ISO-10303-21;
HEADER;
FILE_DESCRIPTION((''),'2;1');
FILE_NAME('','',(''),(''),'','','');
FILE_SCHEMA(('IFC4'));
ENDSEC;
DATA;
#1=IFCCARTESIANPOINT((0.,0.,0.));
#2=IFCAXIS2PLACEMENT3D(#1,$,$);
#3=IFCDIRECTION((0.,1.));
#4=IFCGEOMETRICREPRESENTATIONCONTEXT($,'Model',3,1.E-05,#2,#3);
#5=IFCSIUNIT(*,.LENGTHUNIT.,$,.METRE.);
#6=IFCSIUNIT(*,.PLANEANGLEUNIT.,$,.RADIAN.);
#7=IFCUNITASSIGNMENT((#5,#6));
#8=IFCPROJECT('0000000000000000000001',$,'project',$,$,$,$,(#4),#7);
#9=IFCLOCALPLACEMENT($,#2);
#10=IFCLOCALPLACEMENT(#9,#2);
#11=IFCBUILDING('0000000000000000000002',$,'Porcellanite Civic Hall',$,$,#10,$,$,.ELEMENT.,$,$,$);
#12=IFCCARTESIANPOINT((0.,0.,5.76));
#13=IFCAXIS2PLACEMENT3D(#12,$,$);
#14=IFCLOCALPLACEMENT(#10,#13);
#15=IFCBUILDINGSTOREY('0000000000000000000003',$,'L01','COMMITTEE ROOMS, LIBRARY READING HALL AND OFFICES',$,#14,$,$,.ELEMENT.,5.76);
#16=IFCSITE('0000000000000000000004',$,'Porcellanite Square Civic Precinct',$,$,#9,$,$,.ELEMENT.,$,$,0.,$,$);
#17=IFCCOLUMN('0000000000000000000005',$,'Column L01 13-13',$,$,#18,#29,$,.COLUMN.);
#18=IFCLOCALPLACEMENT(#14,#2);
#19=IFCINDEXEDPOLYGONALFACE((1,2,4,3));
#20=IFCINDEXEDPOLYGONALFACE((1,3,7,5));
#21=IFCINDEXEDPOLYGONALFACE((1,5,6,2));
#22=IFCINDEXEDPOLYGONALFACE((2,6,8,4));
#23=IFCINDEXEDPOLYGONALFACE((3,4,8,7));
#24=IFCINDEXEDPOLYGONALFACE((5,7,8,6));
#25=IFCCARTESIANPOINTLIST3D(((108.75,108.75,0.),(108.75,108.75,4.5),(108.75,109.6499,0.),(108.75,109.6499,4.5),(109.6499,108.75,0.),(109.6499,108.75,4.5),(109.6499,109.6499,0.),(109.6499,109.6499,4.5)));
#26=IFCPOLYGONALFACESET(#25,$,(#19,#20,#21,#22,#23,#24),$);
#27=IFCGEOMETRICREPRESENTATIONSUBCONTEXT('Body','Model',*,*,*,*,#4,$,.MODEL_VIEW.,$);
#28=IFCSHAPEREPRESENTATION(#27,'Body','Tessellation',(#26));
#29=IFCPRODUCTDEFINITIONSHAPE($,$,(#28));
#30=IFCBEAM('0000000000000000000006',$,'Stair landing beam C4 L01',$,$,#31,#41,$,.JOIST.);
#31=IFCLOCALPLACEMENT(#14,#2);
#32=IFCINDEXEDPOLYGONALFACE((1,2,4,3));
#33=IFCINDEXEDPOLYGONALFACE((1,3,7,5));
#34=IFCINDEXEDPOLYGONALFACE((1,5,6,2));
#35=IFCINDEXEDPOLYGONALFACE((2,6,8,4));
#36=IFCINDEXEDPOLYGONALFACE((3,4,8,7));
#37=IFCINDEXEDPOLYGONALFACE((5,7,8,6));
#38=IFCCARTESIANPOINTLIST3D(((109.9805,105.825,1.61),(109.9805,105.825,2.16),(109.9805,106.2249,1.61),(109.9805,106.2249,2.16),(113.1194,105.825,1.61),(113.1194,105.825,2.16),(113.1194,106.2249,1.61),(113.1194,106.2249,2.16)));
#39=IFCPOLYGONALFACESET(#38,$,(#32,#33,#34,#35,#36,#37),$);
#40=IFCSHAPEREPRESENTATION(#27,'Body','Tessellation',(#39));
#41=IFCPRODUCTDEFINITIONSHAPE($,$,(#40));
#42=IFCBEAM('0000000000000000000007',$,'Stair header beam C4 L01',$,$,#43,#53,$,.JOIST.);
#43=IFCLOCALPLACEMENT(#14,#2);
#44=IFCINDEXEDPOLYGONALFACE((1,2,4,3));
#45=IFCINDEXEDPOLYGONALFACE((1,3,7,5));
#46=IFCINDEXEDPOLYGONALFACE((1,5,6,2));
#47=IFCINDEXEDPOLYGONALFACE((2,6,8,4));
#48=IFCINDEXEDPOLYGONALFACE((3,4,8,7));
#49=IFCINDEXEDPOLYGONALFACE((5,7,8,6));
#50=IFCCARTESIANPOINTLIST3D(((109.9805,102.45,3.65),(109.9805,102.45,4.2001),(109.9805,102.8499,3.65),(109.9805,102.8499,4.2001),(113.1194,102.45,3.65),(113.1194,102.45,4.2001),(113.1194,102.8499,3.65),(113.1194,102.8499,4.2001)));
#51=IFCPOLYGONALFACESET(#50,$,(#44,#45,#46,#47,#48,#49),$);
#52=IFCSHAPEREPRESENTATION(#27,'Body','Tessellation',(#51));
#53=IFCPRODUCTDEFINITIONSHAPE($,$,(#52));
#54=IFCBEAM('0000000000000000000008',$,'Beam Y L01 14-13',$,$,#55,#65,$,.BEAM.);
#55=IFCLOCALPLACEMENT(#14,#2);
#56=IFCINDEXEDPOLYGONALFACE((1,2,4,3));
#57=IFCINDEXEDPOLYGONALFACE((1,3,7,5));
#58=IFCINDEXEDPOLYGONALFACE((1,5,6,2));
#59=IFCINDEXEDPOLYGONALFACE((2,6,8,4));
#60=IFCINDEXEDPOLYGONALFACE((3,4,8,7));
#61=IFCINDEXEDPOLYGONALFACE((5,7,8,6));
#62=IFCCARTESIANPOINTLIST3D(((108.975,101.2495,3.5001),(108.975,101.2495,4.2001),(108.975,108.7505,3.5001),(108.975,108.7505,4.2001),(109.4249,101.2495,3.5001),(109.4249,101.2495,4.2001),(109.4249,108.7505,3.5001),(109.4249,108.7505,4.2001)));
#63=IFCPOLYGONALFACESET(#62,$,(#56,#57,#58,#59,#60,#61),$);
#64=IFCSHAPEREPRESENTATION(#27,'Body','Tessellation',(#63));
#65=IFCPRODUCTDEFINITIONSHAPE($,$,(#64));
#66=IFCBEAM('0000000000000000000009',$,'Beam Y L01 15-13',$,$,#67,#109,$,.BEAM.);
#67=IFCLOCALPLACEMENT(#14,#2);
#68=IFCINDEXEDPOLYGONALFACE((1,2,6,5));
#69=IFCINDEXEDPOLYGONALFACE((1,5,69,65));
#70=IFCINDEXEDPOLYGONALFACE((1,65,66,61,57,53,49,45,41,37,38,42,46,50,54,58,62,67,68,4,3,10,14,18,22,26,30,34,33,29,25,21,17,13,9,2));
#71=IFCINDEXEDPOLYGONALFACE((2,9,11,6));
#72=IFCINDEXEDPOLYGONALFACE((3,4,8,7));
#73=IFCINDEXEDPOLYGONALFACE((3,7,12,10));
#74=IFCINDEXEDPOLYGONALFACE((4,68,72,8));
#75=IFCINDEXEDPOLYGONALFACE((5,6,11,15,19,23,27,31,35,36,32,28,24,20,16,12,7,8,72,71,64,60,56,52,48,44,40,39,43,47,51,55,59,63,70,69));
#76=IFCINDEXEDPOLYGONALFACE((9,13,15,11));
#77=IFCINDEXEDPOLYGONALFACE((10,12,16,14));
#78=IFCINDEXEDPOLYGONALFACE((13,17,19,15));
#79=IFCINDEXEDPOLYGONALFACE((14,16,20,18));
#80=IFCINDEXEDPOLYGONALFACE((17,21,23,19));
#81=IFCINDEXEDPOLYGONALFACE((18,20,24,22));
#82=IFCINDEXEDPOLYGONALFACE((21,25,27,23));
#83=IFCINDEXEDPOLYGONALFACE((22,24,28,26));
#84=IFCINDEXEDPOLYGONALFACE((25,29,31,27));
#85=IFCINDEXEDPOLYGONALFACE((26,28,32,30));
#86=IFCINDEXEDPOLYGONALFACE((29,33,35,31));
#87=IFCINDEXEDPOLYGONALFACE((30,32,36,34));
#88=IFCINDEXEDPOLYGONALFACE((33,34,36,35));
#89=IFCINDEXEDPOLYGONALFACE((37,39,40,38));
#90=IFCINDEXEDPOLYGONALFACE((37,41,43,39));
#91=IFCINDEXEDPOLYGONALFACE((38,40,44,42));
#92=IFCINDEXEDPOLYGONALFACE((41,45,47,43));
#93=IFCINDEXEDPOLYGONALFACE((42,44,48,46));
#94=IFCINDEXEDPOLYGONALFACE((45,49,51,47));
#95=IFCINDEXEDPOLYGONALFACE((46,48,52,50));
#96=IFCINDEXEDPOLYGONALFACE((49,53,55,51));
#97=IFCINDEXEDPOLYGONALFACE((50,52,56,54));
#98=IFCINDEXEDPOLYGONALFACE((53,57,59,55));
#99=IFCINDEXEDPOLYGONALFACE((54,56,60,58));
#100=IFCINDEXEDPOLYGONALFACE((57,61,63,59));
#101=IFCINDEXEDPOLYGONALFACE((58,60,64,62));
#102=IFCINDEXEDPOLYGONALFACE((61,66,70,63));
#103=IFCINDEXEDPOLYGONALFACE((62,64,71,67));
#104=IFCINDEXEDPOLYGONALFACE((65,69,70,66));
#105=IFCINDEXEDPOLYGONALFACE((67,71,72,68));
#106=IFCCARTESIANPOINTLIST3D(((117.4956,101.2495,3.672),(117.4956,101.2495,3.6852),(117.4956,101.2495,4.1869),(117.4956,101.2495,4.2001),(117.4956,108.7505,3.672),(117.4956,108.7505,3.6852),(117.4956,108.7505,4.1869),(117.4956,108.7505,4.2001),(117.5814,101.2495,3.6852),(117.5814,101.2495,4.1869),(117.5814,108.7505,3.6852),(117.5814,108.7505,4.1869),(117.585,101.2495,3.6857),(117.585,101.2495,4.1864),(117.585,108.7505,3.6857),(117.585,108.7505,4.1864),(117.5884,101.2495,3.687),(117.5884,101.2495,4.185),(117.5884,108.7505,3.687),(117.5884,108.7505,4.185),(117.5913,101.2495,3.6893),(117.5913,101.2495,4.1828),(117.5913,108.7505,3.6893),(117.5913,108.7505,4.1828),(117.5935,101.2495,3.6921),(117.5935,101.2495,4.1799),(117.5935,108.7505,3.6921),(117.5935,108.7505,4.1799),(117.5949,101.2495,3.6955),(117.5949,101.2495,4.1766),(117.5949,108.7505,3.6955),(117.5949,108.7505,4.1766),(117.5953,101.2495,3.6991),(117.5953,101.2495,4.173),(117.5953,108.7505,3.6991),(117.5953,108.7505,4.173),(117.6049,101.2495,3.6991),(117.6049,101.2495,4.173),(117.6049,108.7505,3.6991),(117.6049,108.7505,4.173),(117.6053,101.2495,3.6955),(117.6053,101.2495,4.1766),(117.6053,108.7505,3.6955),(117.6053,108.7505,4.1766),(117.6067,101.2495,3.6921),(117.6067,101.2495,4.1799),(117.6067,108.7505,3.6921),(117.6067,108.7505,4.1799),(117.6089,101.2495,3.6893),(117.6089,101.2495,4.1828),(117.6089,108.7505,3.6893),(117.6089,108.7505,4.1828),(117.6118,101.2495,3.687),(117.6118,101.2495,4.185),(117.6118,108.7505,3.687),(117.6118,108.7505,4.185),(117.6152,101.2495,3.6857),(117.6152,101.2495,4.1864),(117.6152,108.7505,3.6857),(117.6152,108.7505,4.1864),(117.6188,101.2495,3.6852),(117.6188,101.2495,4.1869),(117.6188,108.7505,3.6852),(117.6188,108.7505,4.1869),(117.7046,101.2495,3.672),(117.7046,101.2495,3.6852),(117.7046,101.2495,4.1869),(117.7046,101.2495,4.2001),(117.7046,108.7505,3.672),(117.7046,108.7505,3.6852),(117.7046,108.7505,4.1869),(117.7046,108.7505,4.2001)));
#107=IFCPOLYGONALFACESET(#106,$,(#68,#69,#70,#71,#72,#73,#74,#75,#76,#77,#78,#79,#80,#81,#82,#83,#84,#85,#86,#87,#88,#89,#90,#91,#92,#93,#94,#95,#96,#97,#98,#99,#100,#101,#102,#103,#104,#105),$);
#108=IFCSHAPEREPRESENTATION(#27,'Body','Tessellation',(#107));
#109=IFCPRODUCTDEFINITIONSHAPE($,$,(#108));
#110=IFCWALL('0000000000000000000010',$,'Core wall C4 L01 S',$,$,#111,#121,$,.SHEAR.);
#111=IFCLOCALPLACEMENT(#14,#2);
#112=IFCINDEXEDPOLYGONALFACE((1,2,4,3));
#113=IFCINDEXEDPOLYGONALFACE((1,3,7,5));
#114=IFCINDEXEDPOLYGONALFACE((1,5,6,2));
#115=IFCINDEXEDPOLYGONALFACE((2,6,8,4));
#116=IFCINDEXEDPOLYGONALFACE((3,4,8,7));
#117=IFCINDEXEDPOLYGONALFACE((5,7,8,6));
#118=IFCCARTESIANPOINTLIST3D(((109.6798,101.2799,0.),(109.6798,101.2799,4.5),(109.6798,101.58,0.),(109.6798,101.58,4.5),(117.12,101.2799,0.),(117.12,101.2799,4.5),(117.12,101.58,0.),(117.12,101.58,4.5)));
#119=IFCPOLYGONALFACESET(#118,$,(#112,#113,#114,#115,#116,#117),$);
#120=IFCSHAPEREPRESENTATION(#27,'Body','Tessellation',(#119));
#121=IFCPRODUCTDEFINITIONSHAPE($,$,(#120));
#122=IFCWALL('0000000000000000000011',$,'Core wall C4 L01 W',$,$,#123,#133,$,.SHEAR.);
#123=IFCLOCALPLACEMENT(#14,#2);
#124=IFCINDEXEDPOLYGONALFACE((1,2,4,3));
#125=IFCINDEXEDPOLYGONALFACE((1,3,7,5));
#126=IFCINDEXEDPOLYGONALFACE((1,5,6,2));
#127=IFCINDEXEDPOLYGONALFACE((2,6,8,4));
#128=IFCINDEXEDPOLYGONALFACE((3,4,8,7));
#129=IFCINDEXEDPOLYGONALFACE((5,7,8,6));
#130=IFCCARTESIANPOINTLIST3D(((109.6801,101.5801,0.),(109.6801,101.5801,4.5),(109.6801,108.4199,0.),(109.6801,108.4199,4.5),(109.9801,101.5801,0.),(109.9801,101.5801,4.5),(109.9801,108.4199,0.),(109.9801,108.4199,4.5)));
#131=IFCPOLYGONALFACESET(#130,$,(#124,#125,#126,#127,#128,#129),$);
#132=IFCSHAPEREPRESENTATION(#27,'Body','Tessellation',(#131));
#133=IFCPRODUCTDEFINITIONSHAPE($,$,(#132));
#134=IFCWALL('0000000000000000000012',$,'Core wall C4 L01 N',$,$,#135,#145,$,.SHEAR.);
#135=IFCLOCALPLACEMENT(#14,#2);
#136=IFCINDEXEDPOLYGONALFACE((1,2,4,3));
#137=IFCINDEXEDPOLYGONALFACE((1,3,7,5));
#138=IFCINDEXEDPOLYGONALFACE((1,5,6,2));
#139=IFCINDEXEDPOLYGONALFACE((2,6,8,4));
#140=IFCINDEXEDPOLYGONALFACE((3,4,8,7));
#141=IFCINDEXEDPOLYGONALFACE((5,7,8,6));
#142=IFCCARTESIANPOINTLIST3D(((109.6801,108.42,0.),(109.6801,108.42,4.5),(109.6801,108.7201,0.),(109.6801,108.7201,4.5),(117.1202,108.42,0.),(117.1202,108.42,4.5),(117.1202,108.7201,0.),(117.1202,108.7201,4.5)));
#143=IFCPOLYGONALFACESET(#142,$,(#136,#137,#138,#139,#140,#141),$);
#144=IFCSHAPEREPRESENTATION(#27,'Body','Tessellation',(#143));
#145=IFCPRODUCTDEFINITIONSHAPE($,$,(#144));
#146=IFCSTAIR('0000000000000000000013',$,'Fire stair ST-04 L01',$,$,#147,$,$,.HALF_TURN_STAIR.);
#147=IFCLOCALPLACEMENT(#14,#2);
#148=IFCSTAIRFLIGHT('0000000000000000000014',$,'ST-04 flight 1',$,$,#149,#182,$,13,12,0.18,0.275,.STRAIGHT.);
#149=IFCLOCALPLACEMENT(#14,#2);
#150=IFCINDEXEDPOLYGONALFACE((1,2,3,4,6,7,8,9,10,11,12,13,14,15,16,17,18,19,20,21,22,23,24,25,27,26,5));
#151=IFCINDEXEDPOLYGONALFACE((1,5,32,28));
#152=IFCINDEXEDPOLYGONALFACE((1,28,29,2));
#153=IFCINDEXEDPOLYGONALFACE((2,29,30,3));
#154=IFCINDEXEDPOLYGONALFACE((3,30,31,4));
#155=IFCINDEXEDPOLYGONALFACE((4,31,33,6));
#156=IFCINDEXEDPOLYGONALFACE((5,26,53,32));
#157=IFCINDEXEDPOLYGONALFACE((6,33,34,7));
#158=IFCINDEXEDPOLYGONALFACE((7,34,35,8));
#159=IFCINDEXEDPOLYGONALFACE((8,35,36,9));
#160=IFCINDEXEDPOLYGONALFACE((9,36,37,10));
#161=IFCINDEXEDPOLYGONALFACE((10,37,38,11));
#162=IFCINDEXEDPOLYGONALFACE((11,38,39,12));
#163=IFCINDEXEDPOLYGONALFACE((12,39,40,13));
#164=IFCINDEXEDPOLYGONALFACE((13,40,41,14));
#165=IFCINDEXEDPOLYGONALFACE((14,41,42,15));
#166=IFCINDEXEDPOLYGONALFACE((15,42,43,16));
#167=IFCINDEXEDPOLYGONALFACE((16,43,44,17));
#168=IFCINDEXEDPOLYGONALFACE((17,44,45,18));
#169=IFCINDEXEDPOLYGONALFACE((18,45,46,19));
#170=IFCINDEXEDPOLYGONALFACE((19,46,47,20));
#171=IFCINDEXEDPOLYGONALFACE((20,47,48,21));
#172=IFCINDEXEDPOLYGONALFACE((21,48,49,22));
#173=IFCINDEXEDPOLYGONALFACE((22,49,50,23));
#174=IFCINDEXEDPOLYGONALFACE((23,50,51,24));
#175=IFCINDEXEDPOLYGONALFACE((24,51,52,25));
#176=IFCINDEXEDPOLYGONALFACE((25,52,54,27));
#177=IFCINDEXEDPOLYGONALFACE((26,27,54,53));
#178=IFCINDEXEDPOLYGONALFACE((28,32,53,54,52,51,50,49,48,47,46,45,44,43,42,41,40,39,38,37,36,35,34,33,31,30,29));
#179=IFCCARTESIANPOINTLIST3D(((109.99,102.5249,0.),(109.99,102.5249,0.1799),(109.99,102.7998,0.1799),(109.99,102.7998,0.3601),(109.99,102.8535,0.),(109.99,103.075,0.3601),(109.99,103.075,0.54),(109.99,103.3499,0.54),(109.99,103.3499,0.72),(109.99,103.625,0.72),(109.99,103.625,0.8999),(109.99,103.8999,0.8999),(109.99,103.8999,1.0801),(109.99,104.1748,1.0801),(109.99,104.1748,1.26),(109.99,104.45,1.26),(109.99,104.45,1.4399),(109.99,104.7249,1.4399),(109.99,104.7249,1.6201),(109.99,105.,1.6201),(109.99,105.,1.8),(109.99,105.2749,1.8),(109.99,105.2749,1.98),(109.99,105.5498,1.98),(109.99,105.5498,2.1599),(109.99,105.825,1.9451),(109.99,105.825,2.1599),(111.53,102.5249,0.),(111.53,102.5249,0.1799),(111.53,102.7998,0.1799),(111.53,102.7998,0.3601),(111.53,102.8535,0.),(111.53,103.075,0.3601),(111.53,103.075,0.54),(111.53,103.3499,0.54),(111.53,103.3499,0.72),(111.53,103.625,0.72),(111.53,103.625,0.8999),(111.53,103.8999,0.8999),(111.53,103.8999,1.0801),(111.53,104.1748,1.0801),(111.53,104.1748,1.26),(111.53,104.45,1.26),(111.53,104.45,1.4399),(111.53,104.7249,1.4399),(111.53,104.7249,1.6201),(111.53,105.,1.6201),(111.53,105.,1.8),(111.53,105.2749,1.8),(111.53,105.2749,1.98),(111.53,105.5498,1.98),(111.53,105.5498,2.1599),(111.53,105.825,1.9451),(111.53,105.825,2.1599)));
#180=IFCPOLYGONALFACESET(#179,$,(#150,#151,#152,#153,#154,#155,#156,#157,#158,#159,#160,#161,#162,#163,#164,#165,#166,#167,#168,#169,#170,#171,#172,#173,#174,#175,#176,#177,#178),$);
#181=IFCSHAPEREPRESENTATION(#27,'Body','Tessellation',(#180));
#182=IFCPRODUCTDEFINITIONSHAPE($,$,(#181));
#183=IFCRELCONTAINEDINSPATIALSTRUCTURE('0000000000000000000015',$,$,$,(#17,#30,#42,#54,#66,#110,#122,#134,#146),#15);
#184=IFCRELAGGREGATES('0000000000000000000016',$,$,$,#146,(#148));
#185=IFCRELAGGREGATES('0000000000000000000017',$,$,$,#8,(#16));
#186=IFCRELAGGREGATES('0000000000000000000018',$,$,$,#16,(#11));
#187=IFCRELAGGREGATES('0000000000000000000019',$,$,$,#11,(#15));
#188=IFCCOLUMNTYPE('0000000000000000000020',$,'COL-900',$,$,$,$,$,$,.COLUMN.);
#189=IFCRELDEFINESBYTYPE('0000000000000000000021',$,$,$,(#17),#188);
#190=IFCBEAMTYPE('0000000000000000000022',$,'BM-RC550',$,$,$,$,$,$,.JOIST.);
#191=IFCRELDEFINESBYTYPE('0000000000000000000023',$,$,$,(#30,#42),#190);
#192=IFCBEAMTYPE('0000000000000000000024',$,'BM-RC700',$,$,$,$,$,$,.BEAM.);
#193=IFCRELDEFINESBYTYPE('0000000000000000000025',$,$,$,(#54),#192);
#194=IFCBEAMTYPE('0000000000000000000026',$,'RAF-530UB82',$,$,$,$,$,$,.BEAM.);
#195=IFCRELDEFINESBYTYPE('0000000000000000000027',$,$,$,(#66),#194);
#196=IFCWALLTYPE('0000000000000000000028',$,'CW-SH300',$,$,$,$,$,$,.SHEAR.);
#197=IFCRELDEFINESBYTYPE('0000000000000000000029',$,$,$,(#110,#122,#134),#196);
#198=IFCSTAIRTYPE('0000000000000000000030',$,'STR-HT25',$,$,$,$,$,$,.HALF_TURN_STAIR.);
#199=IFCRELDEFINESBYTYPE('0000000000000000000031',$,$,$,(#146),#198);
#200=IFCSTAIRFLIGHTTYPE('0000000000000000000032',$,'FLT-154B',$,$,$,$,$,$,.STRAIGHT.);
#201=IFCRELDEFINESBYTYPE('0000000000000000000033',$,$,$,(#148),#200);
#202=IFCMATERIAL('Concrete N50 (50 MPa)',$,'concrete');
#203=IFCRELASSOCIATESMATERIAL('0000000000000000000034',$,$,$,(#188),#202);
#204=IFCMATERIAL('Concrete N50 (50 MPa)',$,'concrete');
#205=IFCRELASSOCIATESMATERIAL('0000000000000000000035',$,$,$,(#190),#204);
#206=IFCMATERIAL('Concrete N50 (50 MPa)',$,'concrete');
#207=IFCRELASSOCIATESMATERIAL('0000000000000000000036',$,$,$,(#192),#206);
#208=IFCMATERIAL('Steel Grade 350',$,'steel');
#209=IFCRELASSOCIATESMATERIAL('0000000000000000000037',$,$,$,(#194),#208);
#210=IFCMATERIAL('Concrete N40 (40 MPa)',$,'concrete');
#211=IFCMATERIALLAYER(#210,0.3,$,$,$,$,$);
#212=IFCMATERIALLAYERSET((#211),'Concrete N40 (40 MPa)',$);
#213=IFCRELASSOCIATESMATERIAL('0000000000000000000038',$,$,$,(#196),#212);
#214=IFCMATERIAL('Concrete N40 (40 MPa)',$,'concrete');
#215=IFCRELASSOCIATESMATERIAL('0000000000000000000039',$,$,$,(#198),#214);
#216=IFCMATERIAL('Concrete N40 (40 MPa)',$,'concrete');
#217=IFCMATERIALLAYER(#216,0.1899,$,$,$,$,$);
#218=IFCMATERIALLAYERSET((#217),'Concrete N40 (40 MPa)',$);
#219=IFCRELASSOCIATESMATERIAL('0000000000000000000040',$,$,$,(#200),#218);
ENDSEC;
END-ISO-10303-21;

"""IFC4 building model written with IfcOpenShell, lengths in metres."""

from ifc_helpers import new_model, si_unit, direction, frame, frame_2d, origin, origin_2d, place, context, subcontext, project, spatial, polyline, rectangle, i_section, outline, extrude, material, layer, layer_set, material_profile, profile_set, type_object, element, aggregate, save


model = new_model("IFC4")

# Units and contexts
model_context = context("Model", 3, precision=1e-05, world=origin(), true_north=direction((0.0, 1.0)))
body_context = subcontext(model_context, "Body", "Model", "MODEL_VIEW")
ifc_project = project(units=[si_unit("LENGTHUNIT", "METRE"), si_unit("PLANEANGLEUNIT", "RADIAN")], contexts=[model_context])

# Site, building, storey
site_placement = place(None, origin())
site = spatial("IfcSite", under=ifc_project, at=site_placement, Name="Porcellanite Square Civic Precinct", CompositionType="ELEMENT", RefElevation=0.0)
building_placement = place(site_placement, origin())
building = spatial("IfcBuilding", under=site, at=building_placement, Name="Porcellanite Civic Hall", CompositionType="ELEMENT")
storey_placement = place(building_placement, frame((0.0, 0.0, 5.76)))
storey = spatial("IfcBuildingStorey", under=building, at=storey_placement, Name="L01", Description="COMMITTEE ROOMS, LIBRARY READING HALL AND OFFICES", CompositionType="ELEMENT", Elevation=5.76)

# Column
ifc_material_1 = material(Name="Concrete N50 (50 MPa)", Category="concrete")
ifc_material_profile_1 = material_profile(ifc_material_1, rectangle(XDim=0.8999, YDim=0.8999, at=origin_2d()), Name="RC-900x900")
ifc_profile_set_1 = profile_set([ifc_material_profile_1], Name="Concrete N50 (50 MPa)")
column_type = type_object("IfcColumnType", Name="COL-900", PredefinedType="COLUMN", material=ifc_profile_set_1)
column_placement = place(storey_placement, frame((109.2, 109.2, 0.0), z_axis=(0.0, 0.0, 1.0), x_axis=(1.0, 0.0, 0.0)))
element("IfcColumn", 1, at=column_placement, inside=storey, type_object=column_type, Name="Column L01 13-13", PredefinedType="COLUMN", context=body_context, shape_type="SweptSolid", body=[
    extrude(rectangle(XDim=0.8999, YDim=0.8999, at=origin_2d()), origin(), (0.0, 0.0, 1.0), 4.5),
])

# Beams
ifc_material_2 = material(Name="Concrete N50 (50 MPa)", Category="concrete")
ifc_material_profile_2 = material_profile(ifc_material_2, rectangle(XDim=0.3999, YDim=0.55, at=origin_2d()), Name="RC-400x550")
ifc_profile_set_2 = profile_set([ifc_material_profile_2], Name="Concrete N50 (50 MPa)")
beam_type_1 = type_object("IfcBeamType", Name="BM-RC550", PredefinedType="JOIST", material=ifc_profile_set_2)
for number, where, z_axis, x_axis, name in (
    (2, (109.9805, 106.0249, 1.885), (1.0, 0.0, 0.0), (0.0, 1.0, 0.0), "Stair landing beam C4 L01"),
    (3, (109.9805, 102.6499, 3.925), (1.0, 0.0, 0.0), (0.0, 1.0, 0.0), "Stair header beam C4 L01"),
):
    element("IfcBeam", number, at=place(storey_placement, frame(where, z_axis=z_axis, x_axis=x_axis)), inside=storey, type_object=beam_type_1, Name=name, PredefinedType="JOIST", context=body_context, shape_type="SweptSolid", body=[
        extrude(rectangle(XDim=0.3999, YDim=0.55, at=origin_2d()), origin(), (0.0, 0.0, 1.0), 3.1389),
    ])
ifc_material_3 = material(Name="Concrete N50 (50 MPa)", Category="concrete")
ifc_material_profile_3 = material_profile(ifc_material_3, rectangle(XDim=0.45, YDim=0.7, at=origin_2d()), Name="RC-450x700")
ifc_profile_set_3 = profile_set([ifc_material_profile_3], Name="Concrete N50 (50 MPa)")
beam_type_2 = type_object("IfcBeamType", Name="BM-RC700", PredefinedType="BEAM", material=ifc_profile_set_3)
beam_1_placement = place(storey_placement, frame((109.2, 101.2495, 3.8501), z_axis=(0.0, 1.0, 0.0), x_axis=(-1.0, 0.0, 0.0)))
element("IfcBeam", 4, at=beam_1_placement, inside=storey, type_object=beam_type_2, Name="Beam Y L01 14-13", PredefinedType="BEAM", context=body_context, shape_type="SweptSolid", body=[
    extrude(rectangle(XDim=0.45, YDim=0.7, at=origin_2d()), origin(), (0.0, 0.0, 1.0), 7.501),
])
ifc_material_4 = material(Name="Steel Grade 350", Category="steel")
ifc_material_profile_4 = material_profile(ifc_material_4, i_section(OverallWidth=0.209, OverallDepth=0.5281, WebThickness=0.0095, FlangeThickness=0.0132, FilletRadius=0.0139, at=origin_2d()), Name="530UB82.0")
ifc_profile_set_4 = profile_set([ifc_material_profile_4], Name="Steel Grade 350")
beam_type_3 = type_object("IfcBeamType", Name="RAF-530UB82", PredefinedType="BEAM", material=ifc_profile_set_4)
beam_2_placement = place(storey_placement, frame((117.6001, 101.2495, 3.936), z_axis=(0.0, 1.0, 0.0), x_axis=(-1.0, 0.0, 0.0)))
element("IfcBeam", 5, at=beam_2_placement, inside=storey, type_object=beam_type_3, Name="Beam Y L01 15-13", PredefinedType="BEAM", context=body_context, shape_type="SweptSolid", body=[
    extrude(i_section(OverallWidth=0.209, OverallDepth=0.5281, WebThickness=0.0095, FlangeThickness=0.0132, FilletRadius=0.0139, at=origin_2d()), origin(), (0.0, 0.0, 1.0), 7.501),
])

# Walls
ifc_material_5 = material(Name="Concrete N40 (40 MPa)", Category="concrete")
ifc_layer_1 = layer(ifc_material_5, 0.3)
ifc_layer_set_1 = layer_set([ifc_layer_1], Name="Concrete N40 (40 MPa)")
wall_type_1 = type_object("IfcWallType", Name="CW-SH300", PredefinedType="SHEAR", material=ifc_layer_set_1)
wall_1_placement = place(storey_placement, frame((117.1201, 101.4299, 0.0), z_axis=(0.0, 0.0, 1.0), x_axis=(-1.0, 0.0, 0.0)))
element("IfcWall", 6, at=wall_1_placement, inside=storey, type_object=wall_type_1, Name="Core wall C4 L01 S", PredefinedType="SHEAR", context=body_context, shape_type="SweptSolid", body=[
    extrude(rectangle(XDim=7.4402, YDim=0.3, at=frame_2d((3.7202, 0.0))), origin(), (0.0, 0.0, 1.0), 4.5),
])
wall_2_placement = place(storey_placement, frame((109.8301, 101.5801, 0.0), z_axis=(0.0, 0.0, 1.0), x_axis=(0.0, 1.0, 0.0)))
element("IfcWall", 7, at=wall_2_placement, inside=storey, type_object=wall_type_1, Name="Core wall C4 L01 W", PredefinedType="SHEAR", context=body_context, shape_type="SweptSolid", body=[
    extrude(rectangle(XDim=6.8398, YDim=0.3, at=frame_2d((3.4199, 0.0))), origin(), (0.0, 0.0, 1.0), 4.5),
])
wall_3_placement = place(storey_placement, frame((109.6799, 108.5701, 0.0), z_axis=(0.0, 0.0, 1.0), x_axis=(1.0, 0.0, 0.0)))
element("IfcWall", 8, at=wall_3_placement, inside=storey, type_object=wall_type_1, Name="Core wall C4 L01 N", PredefinedType="SHEAR", context=body_context, shape_type="SweptSolid", body=[
    extrude(rectangle(XDim=7.4402, YDim=0.3, at=frame_2d((3.7202, 0.0))), origin(), (0.0, 0.0, 1.0), 4.5),
])

# Stair, stair flight
ifc_material_6 = material(Name="Concrete N40 (40 MPa)", Category="concrete")
stair_type = type_object("IfcStairType", Name="STR-HT25", PredefinedType="HALF_TURN_STAIR", material=ifc_material_6)
stair_placement = place(storey_placement, origin())
stair = element("IfcStair", 9, at=stair_placement, inside=storey, type_object=stair_type, Name="Fire stair ST-04 L01", PredefinedType="HALF_TURN_STAIR")
ifc_material_7 = material(Name="Concrete N40 (40 MPa)", Category="concrete")
ifc_layer_2 = layer(ifc_material_7, 0.1899)
ifc_layer_set_2 = layer_set([ifc_layer_2], Name="Concrete N40 (40 MPa)")
stair_flight_type = type_object("IfcStairFlightType", Name="FLT-154B", PredefinedType="STRAIGHT", material=ifc_layer_set_2)
stair_flight_1_placement = place(storey_placement, frame((110.76, 102.5249, 0.0), z_axis=(0.0, 0.0, 1.0), x_axis=(0.0, 1.0, 0.0)))
stair_flight_1 = element("IfcStairFlight", 10, at=stair_flight_1_placement, type_object=stair_flight_type, Name="ST-04 flight 1", NumberOfRisers=13, NumberOfTreads=12, PredefinedType="STRAIGHT", RiserHeight=0.18, TreadLength=0.275, context=body_context, shape_type="SweptSolid", body=[
    extrude(outline(polyline([(0.0, 0.0), (0.0, 0.1799), (0.2749, 0.1799), (0.2749, 0.3601), (0.55, 0.3601), (0.55, 0.54), (0.825, 0.54), (0.825, 0.72), (1.1001, 0.72), (1.1001, 0.8999), (1.375, 0.8999), (1.375, 1.0801), (1.6499, 1.0801), (1.6499, 1.26), (1.925, 1.26), (1.925, 1.4399), (2.2, 1.4399), (2.2, 1.6201), (2.4751, 1.6201), (2.4751, 1.8), (2.75, 1.8), (2.75, 1.98), (3.0249, 1.98), (3.0249, 2.1599), (3.3, 2.1599), (3.3, 2.3401), (3.3, 1.9451), (0.3286, 0.0), (0.0, 0.0)])), frame((0.0, 0.77, 0.0), z_axis=(0.0, -1.0, 0.0), x_axis=(1.0, 0.0, 0.0)), (0.0, 0.0, 1.0), 1.54),
])
aggregate(stair, [stair_flight_1])

save(model, "model.ifc")
